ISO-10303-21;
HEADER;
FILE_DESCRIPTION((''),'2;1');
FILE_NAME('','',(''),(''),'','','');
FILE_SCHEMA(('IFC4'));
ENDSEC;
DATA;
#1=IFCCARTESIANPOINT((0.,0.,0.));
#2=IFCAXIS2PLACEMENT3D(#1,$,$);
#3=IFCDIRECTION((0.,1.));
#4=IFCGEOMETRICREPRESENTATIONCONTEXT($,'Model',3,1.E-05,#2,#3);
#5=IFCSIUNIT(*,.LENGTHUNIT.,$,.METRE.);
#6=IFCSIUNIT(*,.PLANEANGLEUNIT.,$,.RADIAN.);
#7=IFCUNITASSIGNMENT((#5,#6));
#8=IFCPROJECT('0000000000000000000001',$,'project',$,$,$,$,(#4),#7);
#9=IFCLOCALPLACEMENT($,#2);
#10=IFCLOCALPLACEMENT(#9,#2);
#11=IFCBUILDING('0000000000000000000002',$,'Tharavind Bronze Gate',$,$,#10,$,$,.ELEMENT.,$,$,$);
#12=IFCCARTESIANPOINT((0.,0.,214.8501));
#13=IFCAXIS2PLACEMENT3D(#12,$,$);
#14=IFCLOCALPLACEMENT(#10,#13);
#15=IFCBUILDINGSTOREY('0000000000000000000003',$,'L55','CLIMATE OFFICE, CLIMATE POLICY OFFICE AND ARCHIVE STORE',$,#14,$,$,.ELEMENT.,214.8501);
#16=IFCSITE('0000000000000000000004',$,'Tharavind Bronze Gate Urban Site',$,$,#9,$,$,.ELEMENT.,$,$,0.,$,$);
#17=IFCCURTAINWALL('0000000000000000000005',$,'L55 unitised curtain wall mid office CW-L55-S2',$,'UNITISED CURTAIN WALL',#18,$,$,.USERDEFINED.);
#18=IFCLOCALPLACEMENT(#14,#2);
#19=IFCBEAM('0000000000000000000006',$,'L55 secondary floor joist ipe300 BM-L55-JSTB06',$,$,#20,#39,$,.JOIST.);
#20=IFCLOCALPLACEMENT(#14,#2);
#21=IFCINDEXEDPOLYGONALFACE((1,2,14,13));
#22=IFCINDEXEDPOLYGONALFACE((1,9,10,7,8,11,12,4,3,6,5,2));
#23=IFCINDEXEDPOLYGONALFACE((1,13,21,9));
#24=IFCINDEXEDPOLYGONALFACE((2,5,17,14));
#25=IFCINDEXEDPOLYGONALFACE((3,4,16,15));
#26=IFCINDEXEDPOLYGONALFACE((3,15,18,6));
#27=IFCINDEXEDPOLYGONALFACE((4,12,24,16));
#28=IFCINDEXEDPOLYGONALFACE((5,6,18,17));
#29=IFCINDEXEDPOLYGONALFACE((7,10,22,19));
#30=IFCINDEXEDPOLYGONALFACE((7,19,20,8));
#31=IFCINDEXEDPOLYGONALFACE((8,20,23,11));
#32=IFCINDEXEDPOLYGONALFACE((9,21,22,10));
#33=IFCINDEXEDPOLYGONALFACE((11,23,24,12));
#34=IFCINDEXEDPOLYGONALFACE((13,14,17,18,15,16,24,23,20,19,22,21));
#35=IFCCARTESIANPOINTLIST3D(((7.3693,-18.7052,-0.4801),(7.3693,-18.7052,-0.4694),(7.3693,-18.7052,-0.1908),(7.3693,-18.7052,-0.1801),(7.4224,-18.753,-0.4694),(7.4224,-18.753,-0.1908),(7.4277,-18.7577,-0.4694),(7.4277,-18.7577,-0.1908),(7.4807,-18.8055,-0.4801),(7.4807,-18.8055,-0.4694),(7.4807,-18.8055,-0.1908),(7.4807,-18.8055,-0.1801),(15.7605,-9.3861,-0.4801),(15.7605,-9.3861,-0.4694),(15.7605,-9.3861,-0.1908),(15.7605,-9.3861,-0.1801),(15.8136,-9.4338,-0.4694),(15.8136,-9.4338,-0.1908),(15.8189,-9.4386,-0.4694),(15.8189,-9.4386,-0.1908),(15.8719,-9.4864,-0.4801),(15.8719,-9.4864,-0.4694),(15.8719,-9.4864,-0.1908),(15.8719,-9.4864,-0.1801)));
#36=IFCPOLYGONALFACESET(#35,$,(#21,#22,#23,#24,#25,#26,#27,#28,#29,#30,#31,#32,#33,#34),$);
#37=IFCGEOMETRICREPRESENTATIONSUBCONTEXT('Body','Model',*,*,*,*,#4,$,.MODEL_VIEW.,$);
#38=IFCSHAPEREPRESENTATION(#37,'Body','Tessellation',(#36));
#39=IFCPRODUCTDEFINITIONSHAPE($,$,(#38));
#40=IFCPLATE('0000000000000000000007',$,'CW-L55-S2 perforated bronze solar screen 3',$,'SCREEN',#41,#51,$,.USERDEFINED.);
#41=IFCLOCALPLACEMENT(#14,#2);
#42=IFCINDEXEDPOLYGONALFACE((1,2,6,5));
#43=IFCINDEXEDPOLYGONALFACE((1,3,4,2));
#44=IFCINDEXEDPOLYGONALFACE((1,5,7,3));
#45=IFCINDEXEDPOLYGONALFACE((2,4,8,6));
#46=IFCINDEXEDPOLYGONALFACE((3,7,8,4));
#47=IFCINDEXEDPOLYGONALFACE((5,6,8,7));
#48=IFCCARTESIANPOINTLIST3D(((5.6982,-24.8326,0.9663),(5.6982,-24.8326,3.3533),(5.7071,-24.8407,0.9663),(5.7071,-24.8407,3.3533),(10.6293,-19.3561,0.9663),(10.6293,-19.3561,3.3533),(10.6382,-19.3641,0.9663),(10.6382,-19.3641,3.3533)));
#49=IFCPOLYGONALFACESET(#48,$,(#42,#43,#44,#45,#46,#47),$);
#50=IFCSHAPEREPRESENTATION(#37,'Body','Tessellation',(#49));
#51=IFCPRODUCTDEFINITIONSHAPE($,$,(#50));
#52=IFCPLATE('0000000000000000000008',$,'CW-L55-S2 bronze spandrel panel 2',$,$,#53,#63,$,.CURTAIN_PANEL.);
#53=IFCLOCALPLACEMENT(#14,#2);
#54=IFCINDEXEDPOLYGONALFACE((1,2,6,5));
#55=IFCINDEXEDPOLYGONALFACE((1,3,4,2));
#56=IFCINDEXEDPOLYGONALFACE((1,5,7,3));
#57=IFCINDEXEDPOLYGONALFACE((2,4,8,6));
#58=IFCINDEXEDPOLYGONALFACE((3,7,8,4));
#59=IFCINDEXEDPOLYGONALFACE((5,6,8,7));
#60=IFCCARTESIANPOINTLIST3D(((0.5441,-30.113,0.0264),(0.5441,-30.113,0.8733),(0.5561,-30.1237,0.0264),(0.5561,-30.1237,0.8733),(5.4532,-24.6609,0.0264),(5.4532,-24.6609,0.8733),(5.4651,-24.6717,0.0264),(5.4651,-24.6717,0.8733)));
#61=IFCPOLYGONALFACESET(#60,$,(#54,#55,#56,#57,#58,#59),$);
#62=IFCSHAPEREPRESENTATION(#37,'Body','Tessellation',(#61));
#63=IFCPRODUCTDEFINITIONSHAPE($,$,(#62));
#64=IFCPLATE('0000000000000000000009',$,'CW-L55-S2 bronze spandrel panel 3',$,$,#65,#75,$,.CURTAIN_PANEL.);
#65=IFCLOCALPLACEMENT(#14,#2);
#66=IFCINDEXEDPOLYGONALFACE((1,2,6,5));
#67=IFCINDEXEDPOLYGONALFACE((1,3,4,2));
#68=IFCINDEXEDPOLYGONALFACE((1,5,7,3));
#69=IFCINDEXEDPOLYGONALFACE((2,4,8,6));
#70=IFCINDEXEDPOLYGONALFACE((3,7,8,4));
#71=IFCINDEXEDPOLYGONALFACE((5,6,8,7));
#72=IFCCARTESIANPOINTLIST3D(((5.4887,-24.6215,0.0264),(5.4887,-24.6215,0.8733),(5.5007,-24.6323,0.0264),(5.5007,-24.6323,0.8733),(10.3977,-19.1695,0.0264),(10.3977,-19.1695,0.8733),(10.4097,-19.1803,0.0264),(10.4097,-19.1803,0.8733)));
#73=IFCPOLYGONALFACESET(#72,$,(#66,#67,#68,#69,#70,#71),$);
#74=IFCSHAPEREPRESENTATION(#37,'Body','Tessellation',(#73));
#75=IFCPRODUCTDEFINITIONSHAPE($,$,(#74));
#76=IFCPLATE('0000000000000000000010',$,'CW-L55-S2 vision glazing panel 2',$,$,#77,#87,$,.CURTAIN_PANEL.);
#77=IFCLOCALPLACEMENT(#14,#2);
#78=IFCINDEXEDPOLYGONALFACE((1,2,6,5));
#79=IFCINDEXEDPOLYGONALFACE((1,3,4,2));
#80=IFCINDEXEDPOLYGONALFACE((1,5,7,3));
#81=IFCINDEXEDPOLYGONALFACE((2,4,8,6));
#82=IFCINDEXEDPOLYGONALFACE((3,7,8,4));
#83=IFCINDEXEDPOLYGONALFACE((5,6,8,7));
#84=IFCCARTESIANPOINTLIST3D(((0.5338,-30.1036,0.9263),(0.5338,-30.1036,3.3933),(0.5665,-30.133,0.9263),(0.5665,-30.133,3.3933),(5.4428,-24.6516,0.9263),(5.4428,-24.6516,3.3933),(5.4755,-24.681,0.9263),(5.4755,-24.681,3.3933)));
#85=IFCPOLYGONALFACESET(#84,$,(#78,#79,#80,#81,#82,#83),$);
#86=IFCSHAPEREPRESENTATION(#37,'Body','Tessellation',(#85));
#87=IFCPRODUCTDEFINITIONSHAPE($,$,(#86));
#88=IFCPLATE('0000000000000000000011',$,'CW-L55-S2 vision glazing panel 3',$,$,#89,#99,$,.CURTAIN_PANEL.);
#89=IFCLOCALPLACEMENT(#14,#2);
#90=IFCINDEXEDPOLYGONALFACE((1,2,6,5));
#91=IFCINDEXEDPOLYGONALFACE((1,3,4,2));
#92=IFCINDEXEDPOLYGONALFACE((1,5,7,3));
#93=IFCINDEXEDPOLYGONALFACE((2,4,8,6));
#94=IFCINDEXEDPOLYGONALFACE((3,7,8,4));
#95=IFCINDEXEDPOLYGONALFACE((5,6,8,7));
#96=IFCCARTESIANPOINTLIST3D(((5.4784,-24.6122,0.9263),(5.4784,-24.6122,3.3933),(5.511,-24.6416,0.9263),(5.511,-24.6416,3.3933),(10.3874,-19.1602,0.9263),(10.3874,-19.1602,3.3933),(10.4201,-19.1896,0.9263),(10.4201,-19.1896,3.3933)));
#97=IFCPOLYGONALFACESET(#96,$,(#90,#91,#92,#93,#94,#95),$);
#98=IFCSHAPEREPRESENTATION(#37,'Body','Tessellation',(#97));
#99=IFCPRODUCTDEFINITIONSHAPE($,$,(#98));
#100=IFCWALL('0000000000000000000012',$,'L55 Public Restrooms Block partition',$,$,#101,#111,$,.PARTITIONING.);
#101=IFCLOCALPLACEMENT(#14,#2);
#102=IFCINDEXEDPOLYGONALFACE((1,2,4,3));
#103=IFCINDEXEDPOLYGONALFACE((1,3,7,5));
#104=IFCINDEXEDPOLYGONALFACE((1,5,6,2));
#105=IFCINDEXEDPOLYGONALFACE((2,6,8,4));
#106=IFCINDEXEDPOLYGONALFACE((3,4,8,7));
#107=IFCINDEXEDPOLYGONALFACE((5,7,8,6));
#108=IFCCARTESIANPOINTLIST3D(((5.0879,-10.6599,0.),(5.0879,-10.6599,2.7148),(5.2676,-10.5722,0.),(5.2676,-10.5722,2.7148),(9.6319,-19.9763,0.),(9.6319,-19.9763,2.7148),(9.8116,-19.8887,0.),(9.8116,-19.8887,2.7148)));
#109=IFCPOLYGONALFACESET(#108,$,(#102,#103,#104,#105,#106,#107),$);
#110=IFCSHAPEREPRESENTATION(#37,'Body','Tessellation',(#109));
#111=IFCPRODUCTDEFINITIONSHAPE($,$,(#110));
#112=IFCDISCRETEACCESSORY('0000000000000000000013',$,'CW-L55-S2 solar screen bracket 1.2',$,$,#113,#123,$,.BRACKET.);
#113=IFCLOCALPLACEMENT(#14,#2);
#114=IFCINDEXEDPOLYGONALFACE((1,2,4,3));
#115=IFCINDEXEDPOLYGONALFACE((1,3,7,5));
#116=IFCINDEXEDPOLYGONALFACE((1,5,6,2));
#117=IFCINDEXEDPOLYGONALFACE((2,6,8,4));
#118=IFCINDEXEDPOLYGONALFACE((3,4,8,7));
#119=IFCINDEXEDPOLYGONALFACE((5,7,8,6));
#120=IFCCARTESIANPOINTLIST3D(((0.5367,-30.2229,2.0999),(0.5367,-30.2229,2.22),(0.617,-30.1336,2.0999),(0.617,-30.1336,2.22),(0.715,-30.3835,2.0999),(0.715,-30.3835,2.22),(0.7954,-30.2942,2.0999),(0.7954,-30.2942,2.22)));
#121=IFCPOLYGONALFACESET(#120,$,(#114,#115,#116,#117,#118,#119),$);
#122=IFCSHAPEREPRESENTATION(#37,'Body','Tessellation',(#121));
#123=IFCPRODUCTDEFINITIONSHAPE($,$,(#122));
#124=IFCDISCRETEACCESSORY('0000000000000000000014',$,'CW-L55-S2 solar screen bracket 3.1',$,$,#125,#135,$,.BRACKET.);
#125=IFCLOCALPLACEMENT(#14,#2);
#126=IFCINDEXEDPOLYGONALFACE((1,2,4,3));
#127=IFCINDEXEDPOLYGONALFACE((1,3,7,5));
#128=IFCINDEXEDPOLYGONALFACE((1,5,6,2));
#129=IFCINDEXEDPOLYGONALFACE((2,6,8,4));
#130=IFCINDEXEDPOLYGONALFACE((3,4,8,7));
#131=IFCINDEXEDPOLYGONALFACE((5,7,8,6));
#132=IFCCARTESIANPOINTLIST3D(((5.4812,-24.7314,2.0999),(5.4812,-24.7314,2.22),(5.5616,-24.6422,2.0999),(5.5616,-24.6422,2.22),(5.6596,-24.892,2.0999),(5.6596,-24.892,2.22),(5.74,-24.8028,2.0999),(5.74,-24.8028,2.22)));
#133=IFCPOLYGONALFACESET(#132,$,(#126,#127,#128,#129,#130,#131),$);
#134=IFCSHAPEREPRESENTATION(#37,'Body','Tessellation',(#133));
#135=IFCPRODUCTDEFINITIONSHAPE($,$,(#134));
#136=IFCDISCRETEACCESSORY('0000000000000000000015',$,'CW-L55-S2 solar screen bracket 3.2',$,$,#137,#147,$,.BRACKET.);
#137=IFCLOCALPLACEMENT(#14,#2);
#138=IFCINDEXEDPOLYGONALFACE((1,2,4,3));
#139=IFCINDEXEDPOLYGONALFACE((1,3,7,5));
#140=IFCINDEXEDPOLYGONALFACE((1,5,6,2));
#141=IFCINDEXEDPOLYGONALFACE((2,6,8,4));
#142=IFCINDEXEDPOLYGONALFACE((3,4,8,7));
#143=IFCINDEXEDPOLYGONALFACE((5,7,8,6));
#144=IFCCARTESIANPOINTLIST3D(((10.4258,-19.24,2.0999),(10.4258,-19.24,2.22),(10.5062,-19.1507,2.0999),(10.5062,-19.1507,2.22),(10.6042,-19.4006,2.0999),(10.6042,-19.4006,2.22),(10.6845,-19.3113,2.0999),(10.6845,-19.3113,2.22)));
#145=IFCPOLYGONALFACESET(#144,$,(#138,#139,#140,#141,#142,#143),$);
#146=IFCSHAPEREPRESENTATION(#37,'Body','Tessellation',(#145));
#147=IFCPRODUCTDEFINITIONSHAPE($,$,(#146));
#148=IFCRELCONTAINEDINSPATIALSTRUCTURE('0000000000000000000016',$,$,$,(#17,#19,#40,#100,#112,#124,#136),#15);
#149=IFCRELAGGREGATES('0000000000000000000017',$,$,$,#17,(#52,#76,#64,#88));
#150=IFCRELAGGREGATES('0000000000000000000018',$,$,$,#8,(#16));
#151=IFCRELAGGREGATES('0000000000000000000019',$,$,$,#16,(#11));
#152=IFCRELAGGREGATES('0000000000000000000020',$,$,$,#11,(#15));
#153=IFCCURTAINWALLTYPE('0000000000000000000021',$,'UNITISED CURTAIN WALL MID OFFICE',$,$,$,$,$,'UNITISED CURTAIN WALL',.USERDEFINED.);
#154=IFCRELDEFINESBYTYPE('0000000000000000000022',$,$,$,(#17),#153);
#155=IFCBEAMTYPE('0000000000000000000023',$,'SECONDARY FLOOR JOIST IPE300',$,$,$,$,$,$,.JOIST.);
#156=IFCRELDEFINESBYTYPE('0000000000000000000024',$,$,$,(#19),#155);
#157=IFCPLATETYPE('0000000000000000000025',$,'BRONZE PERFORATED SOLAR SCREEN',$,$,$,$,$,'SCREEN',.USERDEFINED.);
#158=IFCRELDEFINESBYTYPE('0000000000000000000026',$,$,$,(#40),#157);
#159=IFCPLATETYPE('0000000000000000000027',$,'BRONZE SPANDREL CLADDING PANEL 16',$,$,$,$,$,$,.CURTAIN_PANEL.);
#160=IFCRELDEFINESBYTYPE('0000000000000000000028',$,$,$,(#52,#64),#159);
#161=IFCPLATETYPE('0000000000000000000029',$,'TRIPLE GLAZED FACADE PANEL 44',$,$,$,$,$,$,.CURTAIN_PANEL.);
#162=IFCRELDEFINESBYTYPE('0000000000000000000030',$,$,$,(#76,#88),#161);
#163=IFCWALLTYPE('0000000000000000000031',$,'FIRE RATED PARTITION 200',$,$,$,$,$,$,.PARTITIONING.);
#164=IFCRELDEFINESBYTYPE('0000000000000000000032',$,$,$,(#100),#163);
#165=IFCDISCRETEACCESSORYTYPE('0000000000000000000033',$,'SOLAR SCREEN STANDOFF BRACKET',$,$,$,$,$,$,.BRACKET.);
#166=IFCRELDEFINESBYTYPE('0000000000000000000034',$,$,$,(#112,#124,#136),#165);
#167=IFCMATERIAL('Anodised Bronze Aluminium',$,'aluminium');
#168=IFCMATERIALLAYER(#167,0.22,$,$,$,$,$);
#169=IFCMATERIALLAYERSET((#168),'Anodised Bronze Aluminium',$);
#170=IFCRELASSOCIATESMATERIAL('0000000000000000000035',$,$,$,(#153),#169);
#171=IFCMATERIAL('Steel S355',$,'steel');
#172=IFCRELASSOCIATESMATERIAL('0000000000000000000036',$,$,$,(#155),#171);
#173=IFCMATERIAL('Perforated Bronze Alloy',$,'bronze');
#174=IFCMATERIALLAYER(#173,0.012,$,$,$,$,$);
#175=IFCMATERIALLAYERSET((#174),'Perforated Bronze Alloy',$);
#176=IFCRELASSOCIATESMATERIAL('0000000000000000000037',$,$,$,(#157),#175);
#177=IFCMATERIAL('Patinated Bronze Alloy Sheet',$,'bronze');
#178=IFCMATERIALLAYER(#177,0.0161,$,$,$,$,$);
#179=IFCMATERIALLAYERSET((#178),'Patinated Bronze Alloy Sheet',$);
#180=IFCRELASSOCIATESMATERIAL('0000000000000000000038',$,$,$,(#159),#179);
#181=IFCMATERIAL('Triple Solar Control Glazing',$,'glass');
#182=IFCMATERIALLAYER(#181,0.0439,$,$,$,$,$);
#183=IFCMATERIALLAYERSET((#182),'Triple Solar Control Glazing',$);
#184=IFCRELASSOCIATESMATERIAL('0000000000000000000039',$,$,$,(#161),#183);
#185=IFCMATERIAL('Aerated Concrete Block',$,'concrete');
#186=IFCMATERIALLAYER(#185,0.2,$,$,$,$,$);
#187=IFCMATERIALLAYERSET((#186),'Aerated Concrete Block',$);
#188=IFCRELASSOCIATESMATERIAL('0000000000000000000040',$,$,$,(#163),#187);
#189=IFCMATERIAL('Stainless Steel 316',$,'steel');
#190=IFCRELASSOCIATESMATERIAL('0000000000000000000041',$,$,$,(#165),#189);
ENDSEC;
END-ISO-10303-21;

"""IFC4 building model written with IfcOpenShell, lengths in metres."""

from ifc_helpers import new_model, si_unit, direction, frame, frame_2d, origin, origin_2d, place, context, subcontext, project, spatial, rectangle, i_section, extrude, material, layer, layer_set, material_profile, profile_set, type_object, element, aggregate, save


model = new_model("IFC4")

# Units and contexts
model_context = context("Model", 3, precision=1e-05, world=origin(), true_north=direction((0.0, 1.0)))
body_context = subcontext(model_context, "Body", "Model", "MODEL_VIEW")
ifc_project = project(units=[si_unit("LENGTHUNIT", "METRE"), si_unit("PLANEANGLEUNIT", "RADIAN")], contexts=[model_context])

# Site, building, storey
site_placement = place(None, origin())
site = spatial("IfcSite", under=ifc_project, at=site_placement, Name="Tharavind Bronze Gate Urban Site", CompositionType="ELEMENT", RefElevation=0.0)
building_placement = place(site_placement, origin())
building = spatial("IfcBuilding", under=site, at=building_placement, Name="Tharavind Bronze Gate", CompositionType="ELEMENT")
storey_placement = place(building_placement, frame((0.0, 0.0, 214.8501)))
storey = spatial("IfcBuildingStorey", under=building, at=storey_placement, Name="L55", Description="CLIMATE OFFICE, CLIMATE POLICY OFFICE AND ARCHIVE STORE", CompositionType="ELEMENT", Elevation=214.8501)

# Curtain wall
ifc_material_1 = material(Name="Anodised Bronze Aluminium", Category="aluminium")
ifc_layer_1 = layer(ifc_material_1, 0.22)
ifc_layer_set_1 = layer_set([ifc_layer_1], Name="Anodised Bronze Aluminium")
curtain_wall_type = type_object("IfcCurtainWallType", Name="UNITISED CURTAIN WALL MID OFFICE", ElementType="UNITISED CURTAIN WALL", PredefinedType="USERDEFINED", material=ifc_layer_set_1)
curtain_wall_placement = place(storey_placement, origin())
curtain_wall = element("IfcCurtainWall", 1, at=curtain_wall_placement, inside=storey, type_object=curtain_wall_type, Name="L55 unitised curtain wall mid office CW-L55-S2", ObjectType="UNITISED CURTAIN WALL", PredefinedType="USERDEFINED")

# Beam
ifc_material_2 = material(Name="Steel S355", Category="steel")
ifc_material_profile_1 = material_profile(ifc_material_2, i_section(OverallWidth=0.1499, OverallDepth=0.3, WebThickness=0.0071, FlangeThickness=0.0107, at=origin_2d()), Name="IPE300")
ifc_profile_set_1 = profile_set([ifc_material_profile_1], Name="Steel S355")
beam_type_1 = type_object("IfcBeamType", Name="SECONDARY FLOOR JOIST IPE300", PredefinedType="JOIST", material=ifc_profile_set_1)
beam_1_placement = place(storey_placement, frame((7.425, -18.7554, -0.3301), z_axis=(0.669138, 0.743138, 0.0), x_axis=(-0.743138, 0.669138, 0.0)))
element("IfcBeam", 2, at=beam_1_placement, inside=storey, type_object=beam_type_1, Name="L55 secondary floor joist ipe300 BM-L55-JSTB06", PredefinedType="JOIST", context=body_context, shape_type="SweptSolid", body=[
    extrude(i_section(OverallWidth=0.1499, OverallDepth=0.3, WebThickness=0.0071, FlangeThickness=0.0107, at=origin_2d()), origin(), (0.0, 0.0, 1.0), 12.5403),
])

# Plates
ifc_material_3 = material(Name="Perforated Bronze Alloy", Category="bronze")
ifc_layer_2 = layer(ifc_material_3, 0.012)
ifc_layer_set_2 = layer_set([ifc_layer_2], Name="Perforated Bronze Alloy")
plate_type_1 = type_object("IfcPlateType", Name="BRONZE PERFORATED SOLAR SCREEN", ElementType="SCREEN", PredefinedType="USERDEFINED", material=ifc_layer_set_2)
plate_1_placement = place(storey_placement, frame((8.1682, -22.0984, 0.9663), z_axis=(0.0, 0.0, 1.0), x_axis=(0.669131, 0.743145, 0.0)))
element("IfcPlate", 3, at=plate_1_placement, inside=storey, type_object=plate_type_1, Name="CW-L55-S2 perforated bronze solar screen 3", ObjectType="SCREEN", PredefinedType="USERDEFINED", context=body_context, shape_type="SweptSolid", body=[
    extrude(rectangle(XDim=7.3694, YDim=0.012, at=origin_2d()), origin(), (0.0, 0.0, 1.0), 2.387),
])
ifc_material_4 = material(Name="Patinated Bronze Alloy Sheet", Category="bronze")
ifc_layer_3 = layer(ifc_material_4, 0.0161)
ifc_layer_set_3 = layer_set([ifc_layer_3], Name="Patinated Bronze Alloy Sheet")
plate_type_2 = type_object("IfcPlateType", Name="BRONZE SPANDREL CLADDING PANEL 16", PredefinedType="CURTAIN_PANEL", material=ifc_layer_set_3)
plate_2_placement = place(storey_placement, frame((3.0046, -27.3923, 0.0264), z_axis=(0.0, 0.0, 1.0), x_axis=(0.669131, 0.743145, 0.0)))
plate_2 = element("IfcPlate", 4, at=plate_2_placement, type_object=plate_type_2, Name="CW-L55-S2 bronze spandrel panel 2", PredefinedType="CURTAIN_PANEL", context=body_context, shape_type="SweptSolid", body=[
    extrude(rectangle(XDim=7.3364, YDim=0.0161, at=origin_2d()), origin(), (0.0, 0.0, 1.0), 0.8469),
])
plate_3_placement = place(storey_placement, frame((7.9492, -21.9009, 0.0264), z_axis=(0.0, 0.0, 1.0), x_axis=(0.669131, 0.743145, 0.0)))
plate_3 = element("IfcPlate", 5, at=plate_3_placement, type_object=plate_type_2, Name="CW-L55-S2 bronze spandrel panel 3", PredefinedType="CURTAIN_PANEL", context=body_context, shape_type="SweptSolid", body=[
    extrude(rectangle(XDim=7.3364, YDim=0.0161, at=origin_2d()), origin(), (0.0, 0.0, 1.0), 0.8469),
])
ifc_material_5 = material(Name="Triple Solar Control Glazing", Category="glass")
ifc_layer_4 = layer(ifc_material_5, 0.0439)
ifc_layer_set_4 = layer_set([ifc_layer_4], Name="Triple Solar Control Glazing")
plate_type_3 = type_object("IfcPlateType", Name="TRIPLE GLAZED FACADE PANEL 44", PredefinedType="CURTAIN_PANEL", material=ifc_layer_set_4)
plate_4_placement = place(storey_placement, frame((3.0046, -27.3923, 0.9263), z_axis=(0.0, 0.0, 1.0), x_axis=(0.669131, 0.743145, 0.0)))
plate_4 = element("IfcPlate", 6, at=plate_4_placement, type_object=plate_type_3, Name="CW-L55-S2 vision glazing panel 2", PredefinedType="CURTAIN_PANEL", context=body_context, shape_type="SweptSolid", body=[
    extrude(rectangle(XDim=7.3364, YDim=0.0439, at=origin_2d()), origin(), (0.0, 0.0, 1.0), 2.467),
])
plate_5_placement = place(storey_placement, frame((7.9492, -21.9009, 0.9263), z_axis=(0.0, 0.0, 1.0), x_axis=(0.669131, 0.743145, 0.0)))
plate_5 = element("IfcPlate", 7, at=plate_5_placement, type_object=plate_type_3, Name="CW-L55-S2 vision glazing panel 3", PredefinedType="CURTAIN_PANEL", context=body_context, shape_type="SweptSolid", body=[
    extrude(rectangle(XDim=7.3364, YDim=0.0439, at=origin_2d()), origin(), (0.0, 0.0, 1.0), 2.467),
])
aggregate(curtain_wall, [plate_2, plate_4, plate_3, plate_5])

# Wall
ifc_material_6 = material(Name="Aerated Concrete Block", Category="concrete")
ifc_layer_5 = layer(ifc_material_6, 0.2)
ifc_layer_set_5 = layer_set([ifc_layer_5], Name="Aerated Concrete Block")
wall_type = type_object("IfcWallType", Name="FIRE RATED PARTITION 200", PredefinedType="PARTITIONING", material=ifc_layer_set_5)
wall_placement = place(storey_placement, frame((9.7217, -19.9324, 0.0), z_axis=(0.0, 0.0, 1.0), x_axis=(-0.438374, 0.898793, 0.0)))
element("IfcWall", 8, at=wall_placement, inside=storey, type_object=wall_type, Name="L55 Public Restrooms Block partition", PredefinedType="PARTITIONING", context=body_context, shape_type="SweptSolid", body=[
    extrude(rectangle(XDim=10.3655, YDim=0.2, at=frame_2d((5.1826, 0.0))), origin(), (0.0, 0.0, 1.0), 2.7148),
])

# Discrete accessories
ifc_material_7 = material(Name="Stainless Steel 316", Category="steel")
discrete_accessory_type = type_object("IfcDiscreteAccessoryType", Name="SOLAR SCREEN STANDOFF BRACKET", PredefinedType="BRACKET", material=ifc_material_7)
for number, where, z_axis, x_axis, name in (
    (9, (0.666, -30.2585, 2.0999), (0.0, 0.0, 1.0), (0.669131, 0.743145, 0.0), "CW-L55-S2 solar screen bracket 1.2"),
    (10, (5.6106, -24.7671, 2.0999), (0.0, 0.0, 1.0), (0.669131, 0.743145, 0.0), "CW-L55-S2 solar screen bracket 3.1"),
    (11, (10.5552, -19.2756, 2.0999), (0.0, 0.0, 1.0), (0.669131, 0.743145, 0.0), "CW-L55-S2 solar screen bracket 3.2"),
):
    element("IfcDiscreteAccessory", number, at=place(storey_placement, frame(where, z_axis=z_axis, x_axis=x_axis)), inside=storey, type_object=discrete_accessory_type, Name=name, PredefinedType="BRACKET", context=body_context, shape_type="SweptSolid", body=[
        extrude(rectangle(XDim=0.1201, YDim=0.24, at=origin_2d()), origin(), (0.0, 0.0, 1.0), 0.1201),
    ])

save(model, "model.ifc")
